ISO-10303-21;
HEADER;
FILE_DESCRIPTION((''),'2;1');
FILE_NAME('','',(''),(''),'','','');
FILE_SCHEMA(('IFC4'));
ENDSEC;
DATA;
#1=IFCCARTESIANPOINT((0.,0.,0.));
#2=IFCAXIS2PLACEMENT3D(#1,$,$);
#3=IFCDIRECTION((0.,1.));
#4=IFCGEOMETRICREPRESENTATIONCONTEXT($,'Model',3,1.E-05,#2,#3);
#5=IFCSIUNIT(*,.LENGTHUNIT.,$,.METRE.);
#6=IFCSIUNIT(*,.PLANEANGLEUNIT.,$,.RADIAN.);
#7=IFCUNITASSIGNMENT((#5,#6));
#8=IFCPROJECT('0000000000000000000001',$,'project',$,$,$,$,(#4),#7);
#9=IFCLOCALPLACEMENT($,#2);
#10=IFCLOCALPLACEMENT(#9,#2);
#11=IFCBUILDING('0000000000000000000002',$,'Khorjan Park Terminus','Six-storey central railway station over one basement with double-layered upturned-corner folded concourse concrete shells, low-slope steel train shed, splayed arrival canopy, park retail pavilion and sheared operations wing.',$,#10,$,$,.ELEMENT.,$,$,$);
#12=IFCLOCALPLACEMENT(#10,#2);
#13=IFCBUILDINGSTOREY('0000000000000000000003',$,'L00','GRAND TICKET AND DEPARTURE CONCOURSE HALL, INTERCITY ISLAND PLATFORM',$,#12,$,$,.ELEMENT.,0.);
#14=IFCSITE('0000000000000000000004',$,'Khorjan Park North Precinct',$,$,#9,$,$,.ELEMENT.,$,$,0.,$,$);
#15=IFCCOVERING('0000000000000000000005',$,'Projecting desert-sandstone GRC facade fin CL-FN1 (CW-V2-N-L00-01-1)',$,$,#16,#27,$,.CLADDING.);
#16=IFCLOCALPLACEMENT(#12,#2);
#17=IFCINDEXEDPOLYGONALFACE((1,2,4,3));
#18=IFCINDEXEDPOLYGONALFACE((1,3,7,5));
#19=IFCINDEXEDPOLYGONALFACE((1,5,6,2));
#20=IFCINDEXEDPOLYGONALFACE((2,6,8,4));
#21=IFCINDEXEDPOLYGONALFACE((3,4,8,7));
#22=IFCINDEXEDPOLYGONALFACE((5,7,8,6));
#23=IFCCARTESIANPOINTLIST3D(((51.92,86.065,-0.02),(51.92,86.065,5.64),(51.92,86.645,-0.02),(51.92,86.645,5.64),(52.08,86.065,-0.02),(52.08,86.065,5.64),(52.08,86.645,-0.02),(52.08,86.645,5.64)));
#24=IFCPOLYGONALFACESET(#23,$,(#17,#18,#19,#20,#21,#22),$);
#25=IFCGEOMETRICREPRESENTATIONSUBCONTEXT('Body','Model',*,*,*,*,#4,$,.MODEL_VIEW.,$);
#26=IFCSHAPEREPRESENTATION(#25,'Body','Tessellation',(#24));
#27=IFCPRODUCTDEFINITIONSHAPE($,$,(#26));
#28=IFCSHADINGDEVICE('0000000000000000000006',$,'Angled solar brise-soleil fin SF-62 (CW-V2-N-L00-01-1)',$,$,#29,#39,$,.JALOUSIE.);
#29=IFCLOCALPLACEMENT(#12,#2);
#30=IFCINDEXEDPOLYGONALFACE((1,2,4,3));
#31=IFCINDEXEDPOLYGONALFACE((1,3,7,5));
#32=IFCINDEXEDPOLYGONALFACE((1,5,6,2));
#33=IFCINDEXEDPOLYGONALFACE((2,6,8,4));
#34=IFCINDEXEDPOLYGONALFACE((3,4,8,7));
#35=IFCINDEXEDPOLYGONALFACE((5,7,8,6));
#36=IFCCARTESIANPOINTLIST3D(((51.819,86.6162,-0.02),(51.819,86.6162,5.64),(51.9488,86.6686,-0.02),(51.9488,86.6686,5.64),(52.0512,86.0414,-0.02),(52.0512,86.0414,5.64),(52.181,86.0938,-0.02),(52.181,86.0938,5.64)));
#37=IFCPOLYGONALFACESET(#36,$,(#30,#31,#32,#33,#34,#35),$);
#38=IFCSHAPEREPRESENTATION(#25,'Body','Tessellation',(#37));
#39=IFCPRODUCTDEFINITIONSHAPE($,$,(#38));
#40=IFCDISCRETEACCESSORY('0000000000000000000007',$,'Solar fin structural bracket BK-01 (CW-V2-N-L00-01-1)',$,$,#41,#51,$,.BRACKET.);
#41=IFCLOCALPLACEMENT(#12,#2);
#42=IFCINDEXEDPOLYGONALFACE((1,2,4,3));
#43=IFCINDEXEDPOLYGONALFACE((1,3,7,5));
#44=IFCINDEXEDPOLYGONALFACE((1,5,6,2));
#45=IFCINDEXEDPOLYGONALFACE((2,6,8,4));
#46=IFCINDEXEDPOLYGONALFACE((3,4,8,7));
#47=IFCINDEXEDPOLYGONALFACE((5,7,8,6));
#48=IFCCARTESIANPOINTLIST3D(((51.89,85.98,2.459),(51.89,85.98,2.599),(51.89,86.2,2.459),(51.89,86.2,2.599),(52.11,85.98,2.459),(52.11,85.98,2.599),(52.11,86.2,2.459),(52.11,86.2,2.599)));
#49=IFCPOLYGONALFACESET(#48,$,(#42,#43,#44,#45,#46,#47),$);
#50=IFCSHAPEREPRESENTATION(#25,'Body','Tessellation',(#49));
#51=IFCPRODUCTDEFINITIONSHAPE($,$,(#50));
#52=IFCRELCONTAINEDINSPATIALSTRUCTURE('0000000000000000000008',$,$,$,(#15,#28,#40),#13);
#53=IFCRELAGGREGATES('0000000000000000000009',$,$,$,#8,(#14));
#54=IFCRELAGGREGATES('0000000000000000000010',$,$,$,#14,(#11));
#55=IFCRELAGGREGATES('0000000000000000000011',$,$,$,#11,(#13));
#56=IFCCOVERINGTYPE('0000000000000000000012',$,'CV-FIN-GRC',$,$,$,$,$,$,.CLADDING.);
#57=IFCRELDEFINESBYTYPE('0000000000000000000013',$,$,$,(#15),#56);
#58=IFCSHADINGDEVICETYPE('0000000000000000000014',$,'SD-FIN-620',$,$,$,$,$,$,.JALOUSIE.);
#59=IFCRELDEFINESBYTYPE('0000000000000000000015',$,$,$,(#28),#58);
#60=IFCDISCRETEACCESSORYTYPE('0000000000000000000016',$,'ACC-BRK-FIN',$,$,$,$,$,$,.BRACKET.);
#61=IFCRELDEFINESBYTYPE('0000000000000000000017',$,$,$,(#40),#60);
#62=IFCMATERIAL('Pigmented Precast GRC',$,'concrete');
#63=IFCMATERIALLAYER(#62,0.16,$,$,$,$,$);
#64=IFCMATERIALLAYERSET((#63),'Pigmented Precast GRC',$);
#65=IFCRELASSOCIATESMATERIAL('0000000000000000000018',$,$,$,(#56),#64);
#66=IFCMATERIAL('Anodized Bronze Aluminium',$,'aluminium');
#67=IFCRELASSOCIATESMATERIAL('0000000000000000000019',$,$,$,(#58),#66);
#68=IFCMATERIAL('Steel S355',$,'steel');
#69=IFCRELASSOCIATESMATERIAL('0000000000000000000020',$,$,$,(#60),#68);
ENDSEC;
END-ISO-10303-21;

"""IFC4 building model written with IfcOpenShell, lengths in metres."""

from ifc_helpers import new_model, si_unit, direction, frame, origin, origin_2d, place, context, subcontext, project, spatial, rectangle, extrude, material, layer, layer_set, type_object, element, save


model = new_model("IFC4")

# Units and contexts
model_context = context("Model", 3, precision=1e-05, world=origin(), true_north=direction((0.0, 1.0)))
body_context = subcontext(model_context, "Body", "Model", "MODEL_VIEW")
ifc_project = project(units=[si_unit("LENGTHUNIT", "METRE"), si_unit("PLANEANGLEUNIT", "RADIAN")], contexts=[model_context])

# Site, building, storey
site_placement = place(None, origin())
site = spatial("IfcSite", under=ifc_project, at=site_placement, Name="Khorjan Park North Precinct", CompositionType="ELEMENT", RefElevation=0.0)
building_placement = place(site_placement, origin())
building = spatial("IfcBuilding", under=site, at=building_placement, Name="Khorjan Park Terminus", Description="Six-storey central railway station over one basement with double-layered upturned-corner folded concourse concrete shells, low-slope steel train shed, splayed arrival canopy, park retail pavilion and sheared operations wing.", CompositionType="ELEMENT")
storey_placement = place(building_placement, origin())
storey = spatial("IfcBuildingStorey", under=building, at=storey_placement, Name="L00", Description="GRAND TICKET AND DEPARTURE CONCOURSE HALL, INTERCITY ISLAND PLATFORM", CompositionType="ELEMENT", Elevation=0.0)

# Shared definitions
ifc_material_1 = material(Name="Anodized Bronze Aluminium", Category="aluminium")

# Covering
ifc_material_2 = material(Name="Pigmented Precast GRC", Category="concrete")
ifc_layer_1 = layer(ifc_material_2, 0.16)
ifc_layer_set_1 = layer_set([ifc_layer_1], Name="Pigmented Precast GRC")
covering_type = type_object("IfcCoveringType", Name="CV-FIN-GRC", PredefinedType="CLADDING", material=ifc_layer_set_1)
covering_placement = place(storey_placement, frame((52.0, 86.355, -0.02), z_axis=(0.0, 0.0, 1.0), x_axis=(0.0, -1.0, 0.0)))
element("IfcCovering", 1, at=covering_placement, inside=storey, type_object=covering_type, Name="Projecting desert-sandstone GRC facade fin CL-FN1 (CW-V2-N-L00-01-1)", PredefinedType="CLADDING", context=body_context, shape_type="SweptSolid", body=[
    extrude(rectangle(XDim=0.58, YDim=0.16, at=origin_2d()), origin(), (0.0, 0.0, 1.0), 5.66),
])

# Shading device
shading_device_type = type_object("IfcShadingDeviceType", Name="SD-FIN-620", PredefinedType="JALOUSIE", material=ifc_material_1)
shading_device_placement = place(storey_placement, frame((52.0, 86.355, -0.02), z_axis=(0.0, 0.0, 1.0), x_axis=(0.374607, -0.927184, 0.0)))
element("IfcShadingDevice", 2, at=shading_device_placement, inside=storey, type_object=shading_device_type, Name="Angled solar brise-soleil fin SF-62 (CW-V2-N-L00-01-1)", PredefinedType="JALOUSIE", context=body_context, shape_type="SweptSolid", body=[
    extrude(rectangle(XDim=0.62, YDim=0.14, at=origin_2d()), origin(), (0.0, 0.0, 1.0), 5.66),
])

# Discrete accessory
ifc_material_3 = material(Name="Steel S355", Category="steel")
discrete_accessory_type = type_object("IfcDiscreteAccessoryType", Name="ACC-BRK-FIN", PredefinedType="BRACKET", material=ifc_material_3)
discrete_accessory_placement = place(storey_placement, frame((52.0, 86.09, 2.459), z_axis=(0.0, 0.0, 1.0), x_axis=(-1.0, 0.0, 0.0)))
element("IfcDiscreteAccessory", 3, at=discrete_accessory_placement, inside=storey, type_object=discrete_accessory_type, Name="Solar fin structural bracket BK-01 (CW-V2-N-L00-01-1)", PredefinedType="BRACKET", context=body_context, shape_type="SweptSolid", body=[
    extrude(rectangle(XDim=0.22, YDim=0.22, at=origin_2d()), origin(), (0.0, 0.0, 1.0), 0.14),
])

save(model, "model.ifc")
